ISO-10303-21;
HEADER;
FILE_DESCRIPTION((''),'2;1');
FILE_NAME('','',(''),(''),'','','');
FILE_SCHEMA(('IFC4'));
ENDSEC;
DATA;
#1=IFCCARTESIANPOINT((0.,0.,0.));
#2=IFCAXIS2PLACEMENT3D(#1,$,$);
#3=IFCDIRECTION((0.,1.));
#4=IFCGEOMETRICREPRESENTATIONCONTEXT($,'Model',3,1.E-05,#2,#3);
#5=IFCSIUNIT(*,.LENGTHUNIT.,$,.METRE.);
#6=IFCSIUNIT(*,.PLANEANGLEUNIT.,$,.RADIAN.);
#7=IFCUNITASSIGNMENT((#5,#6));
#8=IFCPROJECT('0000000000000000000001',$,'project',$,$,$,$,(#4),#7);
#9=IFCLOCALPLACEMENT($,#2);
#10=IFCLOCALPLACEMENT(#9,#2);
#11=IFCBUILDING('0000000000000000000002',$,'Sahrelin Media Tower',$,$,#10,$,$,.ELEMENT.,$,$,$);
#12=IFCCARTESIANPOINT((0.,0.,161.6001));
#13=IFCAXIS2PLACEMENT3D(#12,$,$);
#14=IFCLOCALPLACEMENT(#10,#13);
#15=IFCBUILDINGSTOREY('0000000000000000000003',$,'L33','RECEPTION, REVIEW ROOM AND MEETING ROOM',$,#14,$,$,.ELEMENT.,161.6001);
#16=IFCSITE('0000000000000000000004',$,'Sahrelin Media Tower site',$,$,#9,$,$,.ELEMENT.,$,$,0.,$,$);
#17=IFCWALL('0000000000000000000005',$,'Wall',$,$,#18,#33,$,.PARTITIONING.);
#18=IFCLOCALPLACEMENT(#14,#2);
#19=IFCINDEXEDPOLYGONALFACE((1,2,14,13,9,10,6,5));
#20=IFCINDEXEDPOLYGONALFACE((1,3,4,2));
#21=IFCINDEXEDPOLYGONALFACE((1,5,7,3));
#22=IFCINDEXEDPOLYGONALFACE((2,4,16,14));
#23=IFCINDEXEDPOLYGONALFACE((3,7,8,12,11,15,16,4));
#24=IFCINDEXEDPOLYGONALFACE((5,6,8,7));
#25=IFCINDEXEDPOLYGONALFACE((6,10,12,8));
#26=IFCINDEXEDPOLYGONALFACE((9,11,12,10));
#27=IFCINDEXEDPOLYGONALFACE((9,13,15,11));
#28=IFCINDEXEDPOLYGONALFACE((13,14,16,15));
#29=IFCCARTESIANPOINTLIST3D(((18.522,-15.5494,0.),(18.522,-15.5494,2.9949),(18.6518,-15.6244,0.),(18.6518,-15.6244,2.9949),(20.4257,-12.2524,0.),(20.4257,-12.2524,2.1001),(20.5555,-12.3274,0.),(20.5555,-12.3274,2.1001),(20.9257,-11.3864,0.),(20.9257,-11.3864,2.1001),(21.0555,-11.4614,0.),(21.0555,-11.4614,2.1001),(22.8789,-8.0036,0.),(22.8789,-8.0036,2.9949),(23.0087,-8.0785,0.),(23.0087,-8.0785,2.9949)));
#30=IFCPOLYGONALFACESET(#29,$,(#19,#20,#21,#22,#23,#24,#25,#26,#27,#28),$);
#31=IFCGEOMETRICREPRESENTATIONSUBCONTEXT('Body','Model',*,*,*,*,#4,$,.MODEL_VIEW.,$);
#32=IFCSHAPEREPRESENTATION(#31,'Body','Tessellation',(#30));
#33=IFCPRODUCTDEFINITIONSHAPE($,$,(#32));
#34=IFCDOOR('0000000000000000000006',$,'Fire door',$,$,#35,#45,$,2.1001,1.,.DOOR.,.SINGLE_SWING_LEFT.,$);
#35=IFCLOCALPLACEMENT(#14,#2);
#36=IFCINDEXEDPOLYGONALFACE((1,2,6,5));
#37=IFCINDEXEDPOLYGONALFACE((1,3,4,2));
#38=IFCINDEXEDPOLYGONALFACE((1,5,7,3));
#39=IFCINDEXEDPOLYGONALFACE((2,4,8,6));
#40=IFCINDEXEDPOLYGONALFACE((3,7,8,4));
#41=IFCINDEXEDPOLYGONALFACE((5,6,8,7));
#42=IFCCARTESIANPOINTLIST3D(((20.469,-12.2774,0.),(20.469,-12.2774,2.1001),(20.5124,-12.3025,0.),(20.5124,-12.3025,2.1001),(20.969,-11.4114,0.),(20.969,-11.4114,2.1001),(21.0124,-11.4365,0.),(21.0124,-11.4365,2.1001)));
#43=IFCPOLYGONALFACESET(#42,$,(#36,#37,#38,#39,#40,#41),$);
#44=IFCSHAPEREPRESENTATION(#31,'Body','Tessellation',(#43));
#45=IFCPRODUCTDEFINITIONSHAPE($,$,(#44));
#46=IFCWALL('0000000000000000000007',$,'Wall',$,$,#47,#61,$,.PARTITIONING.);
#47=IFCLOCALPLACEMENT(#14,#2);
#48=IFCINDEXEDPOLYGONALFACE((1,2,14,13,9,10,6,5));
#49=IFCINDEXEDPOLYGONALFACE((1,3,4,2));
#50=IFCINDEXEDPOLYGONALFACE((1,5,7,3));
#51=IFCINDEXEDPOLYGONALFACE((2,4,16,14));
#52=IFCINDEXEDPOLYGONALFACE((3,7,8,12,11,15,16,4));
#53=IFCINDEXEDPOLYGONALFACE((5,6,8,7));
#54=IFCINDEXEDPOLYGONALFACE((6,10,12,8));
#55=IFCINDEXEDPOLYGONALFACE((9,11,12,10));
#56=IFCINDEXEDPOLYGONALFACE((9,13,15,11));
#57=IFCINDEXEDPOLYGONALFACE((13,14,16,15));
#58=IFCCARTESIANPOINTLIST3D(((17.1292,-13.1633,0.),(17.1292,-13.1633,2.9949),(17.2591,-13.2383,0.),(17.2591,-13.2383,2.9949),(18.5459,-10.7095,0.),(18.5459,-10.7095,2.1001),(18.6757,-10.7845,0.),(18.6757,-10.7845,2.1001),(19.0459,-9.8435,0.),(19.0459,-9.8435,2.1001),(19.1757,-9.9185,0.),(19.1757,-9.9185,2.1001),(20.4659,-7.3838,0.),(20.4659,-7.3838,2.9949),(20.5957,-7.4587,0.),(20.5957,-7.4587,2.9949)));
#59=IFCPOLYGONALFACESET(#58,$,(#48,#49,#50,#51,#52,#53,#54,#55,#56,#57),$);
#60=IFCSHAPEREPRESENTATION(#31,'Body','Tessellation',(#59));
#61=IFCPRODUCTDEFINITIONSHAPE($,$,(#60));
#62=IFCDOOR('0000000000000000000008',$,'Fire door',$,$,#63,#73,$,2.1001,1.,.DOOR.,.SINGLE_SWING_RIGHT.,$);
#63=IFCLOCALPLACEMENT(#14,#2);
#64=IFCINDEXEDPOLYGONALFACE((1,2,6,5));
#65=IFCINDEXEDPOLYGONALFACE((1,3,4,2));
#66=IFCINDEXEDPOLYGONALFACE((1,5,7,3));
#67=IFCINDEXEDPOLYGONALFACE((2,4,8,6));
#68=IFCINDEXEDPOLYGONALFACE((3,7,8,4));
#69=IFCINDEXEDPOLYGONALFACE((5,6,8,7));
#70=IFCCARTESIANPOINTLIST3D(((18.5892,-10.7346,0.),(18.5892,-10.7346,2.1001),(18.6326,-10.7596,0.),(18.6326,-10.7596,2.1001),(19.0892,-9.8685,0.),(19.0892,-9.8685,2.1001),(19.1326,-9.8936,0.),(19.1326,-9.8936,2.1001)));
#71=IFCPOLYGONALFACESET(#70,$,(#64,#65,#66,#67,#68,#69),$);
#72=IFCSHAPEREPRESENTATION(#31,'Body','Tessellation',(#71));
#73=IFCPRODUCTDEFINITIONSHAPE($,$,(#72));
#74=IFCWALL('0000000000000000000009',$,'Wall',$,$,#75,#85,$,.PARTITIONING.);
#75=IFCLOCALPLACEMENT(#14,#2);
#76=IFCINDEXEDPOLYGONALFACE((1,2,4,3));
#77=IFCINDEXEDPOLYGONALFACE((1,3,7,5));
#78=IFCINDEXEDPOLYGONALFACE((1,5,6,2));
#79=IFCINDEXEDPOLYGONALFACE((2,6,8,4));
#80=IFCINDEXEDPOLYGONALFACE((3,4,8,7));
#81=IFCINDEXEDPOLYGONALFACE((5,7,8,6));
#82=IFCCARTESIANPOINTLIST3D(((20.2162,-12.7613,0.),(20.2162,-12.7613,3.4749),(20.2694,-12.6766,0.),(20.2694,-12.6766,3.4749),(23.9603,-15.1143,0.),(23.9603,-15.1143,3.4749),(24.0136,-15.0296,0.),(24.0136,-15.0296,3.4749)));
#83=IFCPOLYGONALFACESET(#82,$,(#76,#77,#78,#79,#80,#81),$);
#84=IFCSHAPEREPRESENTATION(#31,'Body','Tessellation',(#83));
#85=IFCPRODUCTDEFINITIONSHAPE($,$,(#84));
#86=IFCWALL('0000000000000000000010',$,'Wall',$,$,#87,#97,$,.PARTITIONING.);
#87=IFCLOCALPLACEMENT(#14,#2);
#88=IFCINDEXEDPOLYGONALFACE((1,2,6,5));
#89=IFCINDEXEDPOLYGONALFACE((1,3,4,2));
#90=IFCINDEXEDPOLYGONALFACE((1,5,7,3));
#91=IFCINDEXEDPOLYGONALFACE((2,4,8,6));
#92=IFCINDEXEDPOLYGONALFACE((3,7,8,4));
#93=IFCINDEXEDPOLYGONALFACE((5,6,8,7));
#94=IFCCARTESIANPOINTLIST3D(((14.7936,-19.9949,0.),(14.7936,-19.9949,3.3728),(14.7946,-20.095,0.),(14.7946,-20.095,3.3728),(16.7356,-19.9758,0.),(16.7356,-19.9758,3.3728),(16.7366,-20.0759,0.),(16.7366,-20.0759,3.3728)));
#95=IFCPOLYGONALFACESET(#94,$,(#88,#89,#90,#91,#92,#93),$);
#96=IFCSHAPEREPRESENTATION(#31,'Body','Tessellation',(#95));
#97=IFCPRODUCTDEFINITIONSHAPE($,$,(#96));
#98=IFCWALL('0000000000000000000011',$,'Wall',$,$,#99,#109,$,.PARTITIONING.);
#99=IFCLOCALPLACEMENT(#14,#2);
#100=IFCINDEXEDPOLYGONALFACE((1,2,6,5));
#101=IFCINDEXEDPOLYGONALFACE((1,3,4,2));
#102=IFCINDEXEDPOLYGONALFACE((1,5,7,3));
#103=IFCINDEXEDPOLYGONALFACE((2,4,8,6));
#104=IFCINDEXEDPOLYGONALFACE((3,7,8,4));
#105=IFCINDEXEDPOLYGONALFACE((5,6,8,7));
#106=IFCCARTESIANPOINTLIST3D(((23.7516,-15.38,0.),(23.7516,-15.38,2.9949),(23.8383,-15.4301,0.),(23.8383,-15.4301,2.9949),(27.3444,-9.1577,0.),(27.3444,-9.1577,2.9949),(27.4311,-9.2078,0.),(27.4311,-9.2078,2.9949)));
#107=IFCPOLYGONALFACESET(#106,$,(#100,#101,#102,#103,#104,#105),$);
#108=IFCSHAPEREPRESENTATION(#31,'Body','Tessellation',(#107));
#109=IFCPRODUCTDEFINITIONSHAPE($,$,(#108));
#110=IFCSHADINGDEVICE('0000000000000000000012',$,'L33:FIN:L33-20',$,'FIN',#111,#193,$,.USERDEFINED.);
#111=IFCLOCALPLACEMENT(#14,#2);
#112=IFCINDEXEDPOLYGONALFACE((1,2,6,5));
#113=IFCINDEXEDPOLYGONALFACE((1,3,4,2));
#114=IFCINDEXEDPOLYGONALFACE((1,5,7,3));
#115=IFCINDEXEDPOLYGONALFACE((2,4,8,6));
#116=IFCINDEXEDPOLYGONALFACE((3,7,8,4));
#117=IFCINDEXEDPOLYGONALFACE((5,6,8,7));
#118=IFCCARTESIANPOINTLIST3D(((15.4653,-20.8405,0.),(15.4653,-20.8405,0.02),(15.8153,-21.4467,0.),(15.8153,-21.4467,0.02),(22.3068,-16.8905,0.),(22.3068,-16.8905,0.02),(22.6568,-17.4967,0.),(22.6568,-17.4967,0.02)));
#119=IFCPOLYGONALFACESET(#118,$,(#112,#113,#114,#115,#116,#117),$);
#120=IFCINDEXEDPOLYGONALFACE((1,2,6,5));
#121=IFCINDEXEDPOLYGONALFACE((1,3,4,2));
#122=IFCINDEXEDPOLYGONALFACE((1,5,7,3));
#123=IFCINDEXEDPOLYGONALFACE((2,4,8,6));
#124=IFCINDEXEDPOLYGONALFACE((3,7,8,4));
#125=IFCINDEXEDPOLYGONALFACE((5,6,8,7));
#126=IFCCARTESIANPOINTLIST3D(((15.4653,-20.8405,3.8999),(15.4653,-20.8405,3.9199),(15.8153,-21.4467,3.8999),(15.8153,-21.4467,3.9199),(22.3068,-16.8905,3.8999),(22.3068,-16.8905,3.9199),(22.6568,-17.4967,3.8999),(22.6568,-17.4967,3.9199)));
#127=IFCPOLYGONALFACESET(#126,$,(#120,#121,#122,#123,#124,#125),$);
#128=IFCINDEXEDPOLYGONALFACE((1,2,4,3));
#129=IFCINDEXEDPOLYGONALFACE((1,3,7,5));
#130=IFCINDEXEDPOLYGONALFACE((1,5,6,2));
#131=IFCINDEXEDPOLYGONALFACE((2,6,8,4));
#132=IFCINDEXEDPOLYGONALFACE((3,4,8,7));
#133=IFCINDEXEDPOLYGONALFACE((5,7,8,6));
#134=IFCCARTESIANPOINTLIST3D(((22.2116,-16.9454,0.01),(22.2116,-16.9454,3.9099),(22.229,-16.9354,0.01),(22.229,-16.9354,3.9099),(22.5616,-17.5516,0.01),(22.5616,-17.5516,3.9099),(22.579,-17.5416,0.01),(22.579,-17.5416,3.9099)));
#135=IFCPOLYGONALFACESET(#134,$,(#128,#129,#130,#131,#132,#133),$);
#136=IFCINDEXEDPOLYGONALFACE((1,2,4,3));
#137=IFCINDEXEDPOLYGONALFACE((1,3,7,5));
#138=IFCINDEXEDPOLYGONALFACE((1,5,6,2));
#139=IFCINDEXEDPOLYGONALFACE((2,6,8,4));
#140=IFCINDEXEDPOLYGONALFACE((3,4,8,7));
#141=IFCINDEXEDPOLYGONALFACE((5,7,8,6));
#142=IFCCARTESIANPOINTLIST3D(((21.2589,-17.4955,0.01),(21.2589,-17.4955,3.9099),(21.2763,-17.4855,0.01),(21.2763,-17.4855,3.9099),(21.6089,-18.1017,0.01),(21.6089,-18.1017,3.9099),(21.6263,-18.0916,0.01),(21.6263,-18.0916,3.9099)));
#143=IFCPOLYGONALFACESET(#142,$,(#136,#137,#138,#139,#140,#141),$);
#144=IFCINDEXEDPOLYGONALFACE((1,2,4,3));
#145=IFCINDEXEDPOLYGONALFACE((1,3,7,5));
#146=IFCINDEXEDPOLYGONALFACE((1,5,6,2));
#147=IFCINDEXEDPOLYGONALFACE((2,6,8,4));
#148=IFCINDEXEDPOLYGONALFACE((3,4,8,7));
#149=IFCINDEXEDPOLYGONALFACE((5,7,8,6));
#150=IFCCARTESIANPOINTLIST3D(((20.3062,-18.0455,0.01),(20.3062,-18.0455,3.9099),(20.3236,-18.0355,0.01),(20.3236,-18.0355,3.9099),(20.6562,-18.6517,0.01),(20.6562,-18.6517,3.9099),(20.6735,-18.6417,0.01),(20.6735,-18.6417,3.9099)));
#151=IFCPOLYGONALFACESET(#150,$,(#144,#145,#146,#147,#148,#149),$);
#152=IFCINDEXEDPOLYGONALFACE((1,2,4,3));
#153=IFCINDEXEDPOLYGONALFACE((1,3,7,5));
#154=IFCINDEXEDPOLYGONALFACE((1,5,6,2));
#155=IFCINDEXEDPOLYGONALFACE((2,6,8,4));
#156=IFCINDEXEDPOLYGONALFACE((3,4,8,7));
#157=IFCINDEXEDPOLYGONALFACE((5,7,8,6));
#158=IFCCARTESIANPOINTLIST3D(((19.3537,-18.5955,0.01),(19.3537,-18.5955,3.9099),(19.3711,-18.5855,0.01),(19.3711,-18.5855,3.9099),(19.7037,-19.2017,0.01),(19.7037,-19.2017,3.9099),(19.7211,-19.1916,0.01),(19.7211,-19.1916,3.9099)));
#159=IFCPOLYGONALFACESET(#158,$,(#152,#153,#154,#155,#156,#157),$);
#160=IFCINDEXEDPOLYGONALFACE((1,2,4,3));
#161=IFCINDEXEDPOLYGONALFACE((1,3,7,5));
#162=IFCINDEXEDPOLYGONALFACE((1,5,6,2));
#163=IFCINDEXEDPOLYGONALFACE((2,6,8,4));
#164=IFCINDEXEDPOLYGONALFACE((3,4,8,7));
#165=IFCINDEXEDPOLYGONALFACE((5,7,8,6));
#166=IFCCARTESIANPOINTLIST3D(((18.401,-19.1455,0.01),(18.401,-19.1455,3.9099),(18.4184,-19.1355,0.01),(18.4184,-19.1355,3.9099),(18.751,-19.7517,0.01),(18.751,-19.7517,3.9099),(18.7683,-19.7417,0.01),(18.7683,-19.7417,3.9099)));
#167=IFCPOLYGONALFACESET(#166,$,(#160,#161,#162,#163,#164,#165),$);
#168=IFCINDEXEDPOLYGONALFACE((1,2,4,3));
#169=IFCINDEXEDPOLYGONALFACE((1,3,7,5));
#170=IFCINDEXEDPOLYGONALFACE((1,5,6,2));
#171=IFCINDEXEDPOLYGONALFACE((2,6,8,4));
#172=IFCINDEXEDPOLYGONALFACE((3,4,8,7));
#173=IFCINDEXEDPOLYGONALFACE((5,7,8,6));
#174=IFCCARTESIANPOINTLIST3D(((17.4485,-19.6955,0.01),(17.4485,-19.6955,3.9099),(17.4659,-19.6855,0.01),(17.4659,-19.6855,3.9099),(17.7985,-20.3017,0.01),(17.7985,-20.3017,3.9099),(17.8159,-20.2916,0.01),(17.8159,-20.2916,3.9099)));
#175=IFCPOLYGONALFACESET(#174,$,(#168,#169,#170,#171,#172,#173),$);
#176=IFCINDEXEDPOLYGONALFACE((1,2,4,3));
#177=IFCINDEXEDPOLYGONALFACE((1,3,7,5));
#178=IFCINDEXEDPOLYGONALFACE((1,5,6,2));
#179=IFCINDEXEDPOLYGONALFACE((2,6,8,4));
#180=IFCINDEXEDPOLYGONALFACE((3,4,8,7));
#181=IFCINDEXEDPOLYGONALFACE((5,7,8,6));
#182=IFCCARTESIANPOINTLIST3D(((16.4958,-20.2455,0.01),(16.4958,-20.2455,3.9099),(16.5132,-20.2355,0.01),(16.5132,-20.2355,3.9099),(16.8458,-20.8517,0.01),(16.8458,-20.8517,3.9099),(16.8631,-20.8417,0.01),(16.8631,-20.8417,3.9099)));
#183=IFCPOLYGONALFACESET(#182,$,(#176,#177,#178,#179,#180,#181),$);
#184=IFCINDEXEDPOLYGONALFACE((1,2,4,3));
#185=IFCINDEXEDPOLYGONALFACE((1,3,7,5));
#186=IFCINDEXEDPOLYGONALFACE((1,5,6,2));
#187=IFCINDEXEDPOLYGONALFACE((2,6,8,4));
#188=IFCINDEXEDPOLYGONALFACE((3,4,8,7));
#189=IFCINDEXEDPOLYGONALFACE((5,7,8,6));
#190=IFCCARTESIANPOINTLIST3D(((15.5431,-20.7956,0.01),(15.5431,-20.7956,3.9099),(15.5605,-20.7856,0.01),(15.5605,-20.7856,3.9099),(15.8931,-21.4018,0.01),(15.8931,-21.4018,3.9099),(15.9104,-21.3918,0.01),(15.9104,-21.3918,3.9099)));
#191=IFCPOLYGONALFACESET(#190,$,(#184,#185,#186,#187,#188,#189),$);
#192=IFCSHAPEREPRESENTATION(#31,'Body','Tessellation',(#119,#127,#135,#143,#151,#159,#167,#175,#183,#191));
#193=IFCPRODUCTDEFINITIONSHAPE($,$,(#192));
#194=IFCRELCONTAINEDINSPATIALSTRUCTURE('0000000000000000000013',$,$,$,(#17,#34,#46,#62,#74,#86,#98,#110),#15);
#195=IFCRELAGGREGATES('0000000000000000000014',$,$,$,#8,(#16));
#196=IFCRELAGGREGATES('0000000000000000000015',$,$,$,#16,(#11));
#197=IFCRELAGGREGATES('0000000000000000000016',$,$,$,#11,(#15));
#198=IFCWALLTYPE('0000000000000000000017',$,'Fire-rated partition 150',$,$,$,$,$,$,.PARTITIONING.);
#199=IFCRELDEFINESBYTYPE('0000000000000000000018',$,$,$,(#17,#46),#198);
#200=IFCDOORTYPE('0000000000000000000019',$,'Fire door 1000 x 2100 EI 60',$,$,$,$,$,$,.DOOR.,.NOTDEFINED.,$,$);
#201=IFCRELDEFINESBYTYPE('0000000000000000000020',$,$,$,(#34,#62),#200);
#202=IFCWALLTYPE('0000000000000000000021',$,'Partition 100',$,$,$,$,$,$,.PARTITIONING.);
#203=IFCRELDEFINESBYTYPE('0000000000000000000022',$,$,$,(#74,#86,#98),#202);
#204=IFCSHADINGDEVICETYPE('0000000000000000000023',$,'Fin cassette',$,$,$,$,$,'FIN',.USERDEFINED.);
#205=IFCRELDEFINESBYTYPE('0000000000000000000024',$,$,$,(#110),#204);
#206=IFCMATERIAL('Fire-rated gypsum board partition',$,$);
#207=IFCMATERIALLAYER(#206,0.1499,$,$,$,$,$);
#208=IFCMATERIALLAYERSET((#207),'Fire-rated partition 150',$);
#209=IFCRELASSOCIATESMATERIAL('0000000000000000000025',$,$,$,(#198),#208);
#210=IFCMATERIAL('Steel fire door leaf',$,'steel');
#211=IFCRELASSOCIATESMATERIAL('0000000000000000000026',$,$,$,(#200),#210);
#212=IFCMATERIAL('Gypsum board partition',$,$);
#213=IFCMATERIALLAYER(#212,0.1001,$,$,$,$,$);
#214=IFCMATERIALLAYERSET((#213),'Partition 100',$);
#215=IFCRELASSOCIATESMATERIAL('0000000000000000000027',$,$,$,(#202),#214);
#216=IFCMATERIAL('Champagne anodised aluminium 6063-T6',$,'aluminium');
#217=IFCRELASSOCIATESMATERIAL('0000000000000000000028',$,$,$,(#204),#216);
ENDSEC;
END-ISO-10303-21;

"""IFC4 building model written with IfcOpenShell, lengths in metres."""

from ifc_helpers import new_model, si_unit, direction, frame, frame_2d, origin, origin_2d, place, context, subcontext, project, spatial, rectangle, extrude, material, layer, layer_set, type_object, element, fill, save


model = new_model("IFC4")

# Units and contexts
model_context = context("Model", 3, precision=1e-05, world=origin(), true_north=direction((0.0, 1.0)))
body_context = subcontext(model_context, "Body", "Model", "MODEL_VIEW")
ifc_project = project(units=[si_unit("LENGTHUNIT", "METRE"), si_unit("PLANEANGLEUNIT", "RADIAN")], contexts=[model_context])

# Site, building, storey
site_placement = place(None, origin())
site = spatial("IfcSite", under=ifc_project, at=site_placement, Name="Sahrelin Media Tower site", CompositionType="ELEMENT", RefElevation=0.0)
building_placement = place(site_placement, origin())
building = spatial("IfcBuilding", under=site, at=building_placement, Name="Sahrelin Media Tower", CompositionType="ELEMENT")
storey_placement = place(building_placement, frame((0.0, 0.0, 161.6001)))
storey = spatial("IfcBuildingStorey", under=building, at=storey_placement, Name="L33", Description="RECEPTION, REVIEW ROOM AND MEETING ROOM", CompositionType="ELEMENT", Elevation=161.6001)

# Shared definitions
ifc_material_1 = material(Name="Champagne anodised aluminium 6063-T6", Category="aluminium")

# Walls, openings, doors
ifc_material_2 = material(Name="Fire-rated gypsum board partition")
ifc_layer_1 = layer(ifc_material_2, 0.1499)
ifc_layer_set_1 = layer_set([ifc_layer_1], Name="Fire-rated partition 150")
wall_type_1 = type_object("IfcWallType", Name="Fire-rated partition 150", PredefinedType="PARTITIONING", material=ifc_layer_set_1)
wall_1_placement = place(storey_placement, frame((18.5869, -15.5869, 0.0), z_axis=(0.0, 0.0, 1.0), x_axis=(0.500026, 0.86601, 0.0)))
wall_1 = element("IfcWall", 1, at=wall_1_placement, inside=storey, type_object=wall_type_1, Name="Wall", PredefinedType="PARTITIONING", context=body_context, shape_type="SweptSolid", body=[
    extrude(rectangle(XDim=8.7134, YDim=0.1499, at=frame_2d((4.3567, 0.0))), origin(), (0.0, 0.0, 1.0), 2.9949),
])
opening_1_placement = place(wall_1_placement, frame((3.8071, 0.0, 0.0)))
opening_1 = element("IfcOpeningElement", 2, at=opening_1_placement, cuts=wall_1, PredefinedType="OPENING", context=body_context, shape_type="SweptSolid", body=[
    extrude(rectangle(XDim=1.0, YDim=2.1001, at=frame_2d((0.5, 1.05))), frame((0.0, 0.075, 0.0), z_axis=(0.0, -1.0, 0.0), x_axis=(1.0, 0.0, 0.0)), (0.0, 0.0, 1.0), 0.1499),
])
ifc_material_3 = material(Name="Steel fire door leaf", Category="steel")
door_type = type_object("IfcDoorType", Name="Fire door 1000 x 2100 EI 60", OperationType="NOTDEFINED", PredefinedType="DOOR", material=ifc_material_3)
door_1_placement = place(opening_1_placement, origin())
door_1 = element("IfcDoor", 3, at=door_1_placement, inside=storey, type_object=door_type, Name="Fire door", OperationType="SINGLE_SWING_LEFT", OverallHeight=2.1001, OverallWidth=1.0, PredefinedType="DOOR", context=body_context, shape_type="SweptSolid", body=[
    extrude(rectangle(XDim=1.0, YDim=2.1001, at=frame_2d((0.5, 1.05))), frame((0.0, 0.0249, 0.0), z_axis=(0.0, -1.0, 0.0), x_axis=(1.0, 0.0, 0.0)), (0.0, 0.0, 1.0), 0.05),
])
fill(opening_1, door_1)
wall_2_placement = place(storey_placement, frame((17.1941, -13.2009, 0.0), z_axis=(0.0, 0.0, 1.0), x_axis=(0.499983, 0.866035, 0.0)))
wall_2 = element("IfcWall", 4, at=wall_2_placement, inside=storey, type_object=wall_type_1, Name="Wall", PredefinedType="PARTITIONING", context=body_context, shape_type="SweptSolid", body=[
    extrude(rectangle(XDim=6.6736, YDim=0.1499, at=frame_2d((3.3369, 0.0))), origin(), (0.0, 0.0, 1.0), 2.9949),
])
opening_2_placement = place(wall_2_placement, frame((2.8335, 0.0, 0.0)))
opening_2 = element("IfcOpeningElement", 5, at=opening_2_placement, cuts=wall_2, PredefinedType="OPENING", context=body_context, shape_type="SweptSolid", body=[
    extrude(rectangle(XDim=1.0, YDim=2.1001, at=frame_2d((0.5, 1.05))), frame((0.0, 0.075, 0.0), z_axis=(0.0, -1.0, 0.0), x_axis=(1.0, 0.0, 0.0)), (0.0, 0.0, 1.0), 0.1499),
])
door_2_placement = place(opening_2_placement, origin())
door_2 = element("IfcDoor", 6, at=door_2_placement, inside=storey, type_object=door_type, Name="Fire door", OperationType="SINGLE_SWING_RIGHT", OverallHeight=2.1001, OverallWidth=1.0, PredefinedType="DOOR", context=body_context, shape_type="SweptSolid", body=[
    extrude(rectangle(XDim=1.0, YDim=2.1001, at=frame_2d((0.5, 1.05))), frame((0.0, 0.0249, 0.0), z_axis=(0.0, -1.0, 0.0), x_axis=(1.0, 0.0, 0.0)), (0.0, 0.0, 1.0), 0.05),
])
fill(opening_2, door_2)

# Walls
ifc_material_4 = material(Name="Gypsum board partition")
ifc_layer_2 = layer(ifc_material_4, 0.1001)
ifc_layer_set_2 = layer_set([ifc_layer_2], Name="Partition 100")
wall_type_2 = type_object("IfcWallType", Name="Partition 100", PredefinedType="PARTITIONING", material=ifc_layer_set_2)
wall_3_placement = place(storey_placement, frame((20.2429, -12.719, 0.0), z_axis=(0.0, 0.0, 1.0), x_axis=(0.846681, -0.532101, 0.0)))
element("IfcWall", 7, at=wall_3_placement, inside=storey, type_object=wall_type_2, Name="Wall", PredefinedType="PARTITIONING", context=body_context, shape_type="SweptSolid", body=[
    extrude(rectangle(XDim=4.4221, YDim=0.1001, at=frame_2d((2.2109, 0.0))), origin(), (0.0, 0.0, 1.0), 3.4749),
])
wall_4_placement = place(storey_placement, frame((14.7939, -20.0449, 0.0), z_axis=(0.0, 0.0, 1.0), x_axis=(0.999952, 0.009805, 0.0)))
element("IfcWall", 8, at=wall_4_placement, inside=storey, type_object=wall_type_2, Name="Wall", PredefinedType="PARTITIONING", context=body_context, shape_type="SweptSolid", body=[
    extrude(rectangle(XDim=1.9421, YDim=0.1001, at=frame_2d((0.9712, 0.0))), origin(), (0.0, 0.0, 1.0), 3.3728),
])
wall_5_placement = place(storey_placement, frame((23.7949, -15.405, 0.0), z_axis=(0.0, 0.0, 1.0), x_axis=(0.500042, 0.866001, 0.0)))
element("IfcWall", 9, at=wall_5_placement, inside=storey, type_object=wall_type_2, Name="Wall", PredefinedType="PARTITIONING", context=body_context, shape_type="SweptSolid", body=[
    extrude(rectangle(XDim=7.1851, YDim=0.1001, at=frame_2d((3.5925, 0.0))), origin(), (0.0, 0.0, 1.0), 2.9949),
])

# Shading device
shading_device_type_1 = type_object("IfcShadingDeviceType", Name="Fin cassette", ElementType="FIN", PredefinedType="USERDEFINED", material=ifc_material_1)
placement_1 = place(storey_placement, frame((18.8511, -18.8049, 0.0), z_axis=(0.0, 0.0, 1.0), x_axis=(-0.866019, -0.500011, 0.0)))
element("IfcShadingDevice", 10, at=placement_1, inside=storey, type_object=shading_device_type_1, Name="L33:FIN:L33-20", ObjectType="FIN", PredefinedType="USERDEFINED", context=body_context, shape_type="SweptSolid", body=[
    extrude(rectangle(XDim=7.8999, YDim=0.7, at=origin_2d()), frame((0.0, 0.4199, 0.0)), (0.0, 0.0, 1.0), 0.02),
    extrude(rectangle(XDim=7.8999, YDim=0.7, at=origin_2d()), frame((0.0, 0.4199, 3.8999)), (0.0, 0.0, 1.0), 0.02),
    extrude(rectangle(XDim=0.02, YDim=0.7, at=origin_2d()), frame((-3.8501, 0.4199, 0.01), z_axis=(0.0, 0.0, 1.0), x_axis=(1.0, 0.0, 0.0)), (0.0, 0.0, 1.0), 3.8999),
    extrude(rectangle(XDim=0.02, YDim=0.7, at=origin_2d()), frame((-2.75, 0.4199, 0.01), z_axis=(0.0, 0.0, 1.0), x_axis=(1.0, 0.0, 0.0)), (0.0, 0.0, 1.0), 3.8999),
    extrude(rectangle(XDim=0.02, YDim=0.7, at=origin_2d()), frame((-1.6499, 0.4199, 0.01), z_axis=(0.0, 0.0, 1.0), x_axis=(1.0, 0.0, 0.0)), (0.0, 0.0, 1.0), 3.8999),
    extrude(rectangle(XDim=0.02, YDim=0.7, at=origin_2d()), frame((-0.55, 0.4199, 0.01), z_axis=(0.0, 0.0, 1.0), x_axis=(1.0, 0.0, 0.0)), (0.0, 0.0, 1.0), 3.8999),
    extrude(rectangle(XDim=0.02, YDim=0.7, at=origin_2d()), frame((0.55, 0.4199, 0.01), z_axis=(0.0, 0.0, 1.0), x_axis=(1.0, 0.0, 0.0)), (0.0, 0.0, 1.0), 3.8999),
    extrude(rectangle(XDim=0.02, YDim=0.7, at=origin_2d()), frame((1.6499, 0.4199, 0.01), z_axis=(0.0, 0.0, 1.0), x_axis=(1.0, 0.0, 0.0)), (0.0, 0.0, 1.0), 3.8999),
    extrude(rectangle(XDim=0.02, YDim=0.7, at=origin_2d()), frame((2.75, 0.4199, 0.01), z_axis=(0.0, 0.0, 1.0), x_axis=(1.0, 0.0, 0.0)), (0.0, 0.0, 1.0), 3.8999),
    extrude(rectangle(XDim=0.02, YDim=0.7, at=origin_2d()), frame((3.8501, 0.4199, 0.01), z_axis=(0.0, 0.0, 1.0), x_axis=(1.0, 0.0, 0.0)), (0.0, 0.0, 1.0), 3.8999),
])

save(model, "model.ifc")
